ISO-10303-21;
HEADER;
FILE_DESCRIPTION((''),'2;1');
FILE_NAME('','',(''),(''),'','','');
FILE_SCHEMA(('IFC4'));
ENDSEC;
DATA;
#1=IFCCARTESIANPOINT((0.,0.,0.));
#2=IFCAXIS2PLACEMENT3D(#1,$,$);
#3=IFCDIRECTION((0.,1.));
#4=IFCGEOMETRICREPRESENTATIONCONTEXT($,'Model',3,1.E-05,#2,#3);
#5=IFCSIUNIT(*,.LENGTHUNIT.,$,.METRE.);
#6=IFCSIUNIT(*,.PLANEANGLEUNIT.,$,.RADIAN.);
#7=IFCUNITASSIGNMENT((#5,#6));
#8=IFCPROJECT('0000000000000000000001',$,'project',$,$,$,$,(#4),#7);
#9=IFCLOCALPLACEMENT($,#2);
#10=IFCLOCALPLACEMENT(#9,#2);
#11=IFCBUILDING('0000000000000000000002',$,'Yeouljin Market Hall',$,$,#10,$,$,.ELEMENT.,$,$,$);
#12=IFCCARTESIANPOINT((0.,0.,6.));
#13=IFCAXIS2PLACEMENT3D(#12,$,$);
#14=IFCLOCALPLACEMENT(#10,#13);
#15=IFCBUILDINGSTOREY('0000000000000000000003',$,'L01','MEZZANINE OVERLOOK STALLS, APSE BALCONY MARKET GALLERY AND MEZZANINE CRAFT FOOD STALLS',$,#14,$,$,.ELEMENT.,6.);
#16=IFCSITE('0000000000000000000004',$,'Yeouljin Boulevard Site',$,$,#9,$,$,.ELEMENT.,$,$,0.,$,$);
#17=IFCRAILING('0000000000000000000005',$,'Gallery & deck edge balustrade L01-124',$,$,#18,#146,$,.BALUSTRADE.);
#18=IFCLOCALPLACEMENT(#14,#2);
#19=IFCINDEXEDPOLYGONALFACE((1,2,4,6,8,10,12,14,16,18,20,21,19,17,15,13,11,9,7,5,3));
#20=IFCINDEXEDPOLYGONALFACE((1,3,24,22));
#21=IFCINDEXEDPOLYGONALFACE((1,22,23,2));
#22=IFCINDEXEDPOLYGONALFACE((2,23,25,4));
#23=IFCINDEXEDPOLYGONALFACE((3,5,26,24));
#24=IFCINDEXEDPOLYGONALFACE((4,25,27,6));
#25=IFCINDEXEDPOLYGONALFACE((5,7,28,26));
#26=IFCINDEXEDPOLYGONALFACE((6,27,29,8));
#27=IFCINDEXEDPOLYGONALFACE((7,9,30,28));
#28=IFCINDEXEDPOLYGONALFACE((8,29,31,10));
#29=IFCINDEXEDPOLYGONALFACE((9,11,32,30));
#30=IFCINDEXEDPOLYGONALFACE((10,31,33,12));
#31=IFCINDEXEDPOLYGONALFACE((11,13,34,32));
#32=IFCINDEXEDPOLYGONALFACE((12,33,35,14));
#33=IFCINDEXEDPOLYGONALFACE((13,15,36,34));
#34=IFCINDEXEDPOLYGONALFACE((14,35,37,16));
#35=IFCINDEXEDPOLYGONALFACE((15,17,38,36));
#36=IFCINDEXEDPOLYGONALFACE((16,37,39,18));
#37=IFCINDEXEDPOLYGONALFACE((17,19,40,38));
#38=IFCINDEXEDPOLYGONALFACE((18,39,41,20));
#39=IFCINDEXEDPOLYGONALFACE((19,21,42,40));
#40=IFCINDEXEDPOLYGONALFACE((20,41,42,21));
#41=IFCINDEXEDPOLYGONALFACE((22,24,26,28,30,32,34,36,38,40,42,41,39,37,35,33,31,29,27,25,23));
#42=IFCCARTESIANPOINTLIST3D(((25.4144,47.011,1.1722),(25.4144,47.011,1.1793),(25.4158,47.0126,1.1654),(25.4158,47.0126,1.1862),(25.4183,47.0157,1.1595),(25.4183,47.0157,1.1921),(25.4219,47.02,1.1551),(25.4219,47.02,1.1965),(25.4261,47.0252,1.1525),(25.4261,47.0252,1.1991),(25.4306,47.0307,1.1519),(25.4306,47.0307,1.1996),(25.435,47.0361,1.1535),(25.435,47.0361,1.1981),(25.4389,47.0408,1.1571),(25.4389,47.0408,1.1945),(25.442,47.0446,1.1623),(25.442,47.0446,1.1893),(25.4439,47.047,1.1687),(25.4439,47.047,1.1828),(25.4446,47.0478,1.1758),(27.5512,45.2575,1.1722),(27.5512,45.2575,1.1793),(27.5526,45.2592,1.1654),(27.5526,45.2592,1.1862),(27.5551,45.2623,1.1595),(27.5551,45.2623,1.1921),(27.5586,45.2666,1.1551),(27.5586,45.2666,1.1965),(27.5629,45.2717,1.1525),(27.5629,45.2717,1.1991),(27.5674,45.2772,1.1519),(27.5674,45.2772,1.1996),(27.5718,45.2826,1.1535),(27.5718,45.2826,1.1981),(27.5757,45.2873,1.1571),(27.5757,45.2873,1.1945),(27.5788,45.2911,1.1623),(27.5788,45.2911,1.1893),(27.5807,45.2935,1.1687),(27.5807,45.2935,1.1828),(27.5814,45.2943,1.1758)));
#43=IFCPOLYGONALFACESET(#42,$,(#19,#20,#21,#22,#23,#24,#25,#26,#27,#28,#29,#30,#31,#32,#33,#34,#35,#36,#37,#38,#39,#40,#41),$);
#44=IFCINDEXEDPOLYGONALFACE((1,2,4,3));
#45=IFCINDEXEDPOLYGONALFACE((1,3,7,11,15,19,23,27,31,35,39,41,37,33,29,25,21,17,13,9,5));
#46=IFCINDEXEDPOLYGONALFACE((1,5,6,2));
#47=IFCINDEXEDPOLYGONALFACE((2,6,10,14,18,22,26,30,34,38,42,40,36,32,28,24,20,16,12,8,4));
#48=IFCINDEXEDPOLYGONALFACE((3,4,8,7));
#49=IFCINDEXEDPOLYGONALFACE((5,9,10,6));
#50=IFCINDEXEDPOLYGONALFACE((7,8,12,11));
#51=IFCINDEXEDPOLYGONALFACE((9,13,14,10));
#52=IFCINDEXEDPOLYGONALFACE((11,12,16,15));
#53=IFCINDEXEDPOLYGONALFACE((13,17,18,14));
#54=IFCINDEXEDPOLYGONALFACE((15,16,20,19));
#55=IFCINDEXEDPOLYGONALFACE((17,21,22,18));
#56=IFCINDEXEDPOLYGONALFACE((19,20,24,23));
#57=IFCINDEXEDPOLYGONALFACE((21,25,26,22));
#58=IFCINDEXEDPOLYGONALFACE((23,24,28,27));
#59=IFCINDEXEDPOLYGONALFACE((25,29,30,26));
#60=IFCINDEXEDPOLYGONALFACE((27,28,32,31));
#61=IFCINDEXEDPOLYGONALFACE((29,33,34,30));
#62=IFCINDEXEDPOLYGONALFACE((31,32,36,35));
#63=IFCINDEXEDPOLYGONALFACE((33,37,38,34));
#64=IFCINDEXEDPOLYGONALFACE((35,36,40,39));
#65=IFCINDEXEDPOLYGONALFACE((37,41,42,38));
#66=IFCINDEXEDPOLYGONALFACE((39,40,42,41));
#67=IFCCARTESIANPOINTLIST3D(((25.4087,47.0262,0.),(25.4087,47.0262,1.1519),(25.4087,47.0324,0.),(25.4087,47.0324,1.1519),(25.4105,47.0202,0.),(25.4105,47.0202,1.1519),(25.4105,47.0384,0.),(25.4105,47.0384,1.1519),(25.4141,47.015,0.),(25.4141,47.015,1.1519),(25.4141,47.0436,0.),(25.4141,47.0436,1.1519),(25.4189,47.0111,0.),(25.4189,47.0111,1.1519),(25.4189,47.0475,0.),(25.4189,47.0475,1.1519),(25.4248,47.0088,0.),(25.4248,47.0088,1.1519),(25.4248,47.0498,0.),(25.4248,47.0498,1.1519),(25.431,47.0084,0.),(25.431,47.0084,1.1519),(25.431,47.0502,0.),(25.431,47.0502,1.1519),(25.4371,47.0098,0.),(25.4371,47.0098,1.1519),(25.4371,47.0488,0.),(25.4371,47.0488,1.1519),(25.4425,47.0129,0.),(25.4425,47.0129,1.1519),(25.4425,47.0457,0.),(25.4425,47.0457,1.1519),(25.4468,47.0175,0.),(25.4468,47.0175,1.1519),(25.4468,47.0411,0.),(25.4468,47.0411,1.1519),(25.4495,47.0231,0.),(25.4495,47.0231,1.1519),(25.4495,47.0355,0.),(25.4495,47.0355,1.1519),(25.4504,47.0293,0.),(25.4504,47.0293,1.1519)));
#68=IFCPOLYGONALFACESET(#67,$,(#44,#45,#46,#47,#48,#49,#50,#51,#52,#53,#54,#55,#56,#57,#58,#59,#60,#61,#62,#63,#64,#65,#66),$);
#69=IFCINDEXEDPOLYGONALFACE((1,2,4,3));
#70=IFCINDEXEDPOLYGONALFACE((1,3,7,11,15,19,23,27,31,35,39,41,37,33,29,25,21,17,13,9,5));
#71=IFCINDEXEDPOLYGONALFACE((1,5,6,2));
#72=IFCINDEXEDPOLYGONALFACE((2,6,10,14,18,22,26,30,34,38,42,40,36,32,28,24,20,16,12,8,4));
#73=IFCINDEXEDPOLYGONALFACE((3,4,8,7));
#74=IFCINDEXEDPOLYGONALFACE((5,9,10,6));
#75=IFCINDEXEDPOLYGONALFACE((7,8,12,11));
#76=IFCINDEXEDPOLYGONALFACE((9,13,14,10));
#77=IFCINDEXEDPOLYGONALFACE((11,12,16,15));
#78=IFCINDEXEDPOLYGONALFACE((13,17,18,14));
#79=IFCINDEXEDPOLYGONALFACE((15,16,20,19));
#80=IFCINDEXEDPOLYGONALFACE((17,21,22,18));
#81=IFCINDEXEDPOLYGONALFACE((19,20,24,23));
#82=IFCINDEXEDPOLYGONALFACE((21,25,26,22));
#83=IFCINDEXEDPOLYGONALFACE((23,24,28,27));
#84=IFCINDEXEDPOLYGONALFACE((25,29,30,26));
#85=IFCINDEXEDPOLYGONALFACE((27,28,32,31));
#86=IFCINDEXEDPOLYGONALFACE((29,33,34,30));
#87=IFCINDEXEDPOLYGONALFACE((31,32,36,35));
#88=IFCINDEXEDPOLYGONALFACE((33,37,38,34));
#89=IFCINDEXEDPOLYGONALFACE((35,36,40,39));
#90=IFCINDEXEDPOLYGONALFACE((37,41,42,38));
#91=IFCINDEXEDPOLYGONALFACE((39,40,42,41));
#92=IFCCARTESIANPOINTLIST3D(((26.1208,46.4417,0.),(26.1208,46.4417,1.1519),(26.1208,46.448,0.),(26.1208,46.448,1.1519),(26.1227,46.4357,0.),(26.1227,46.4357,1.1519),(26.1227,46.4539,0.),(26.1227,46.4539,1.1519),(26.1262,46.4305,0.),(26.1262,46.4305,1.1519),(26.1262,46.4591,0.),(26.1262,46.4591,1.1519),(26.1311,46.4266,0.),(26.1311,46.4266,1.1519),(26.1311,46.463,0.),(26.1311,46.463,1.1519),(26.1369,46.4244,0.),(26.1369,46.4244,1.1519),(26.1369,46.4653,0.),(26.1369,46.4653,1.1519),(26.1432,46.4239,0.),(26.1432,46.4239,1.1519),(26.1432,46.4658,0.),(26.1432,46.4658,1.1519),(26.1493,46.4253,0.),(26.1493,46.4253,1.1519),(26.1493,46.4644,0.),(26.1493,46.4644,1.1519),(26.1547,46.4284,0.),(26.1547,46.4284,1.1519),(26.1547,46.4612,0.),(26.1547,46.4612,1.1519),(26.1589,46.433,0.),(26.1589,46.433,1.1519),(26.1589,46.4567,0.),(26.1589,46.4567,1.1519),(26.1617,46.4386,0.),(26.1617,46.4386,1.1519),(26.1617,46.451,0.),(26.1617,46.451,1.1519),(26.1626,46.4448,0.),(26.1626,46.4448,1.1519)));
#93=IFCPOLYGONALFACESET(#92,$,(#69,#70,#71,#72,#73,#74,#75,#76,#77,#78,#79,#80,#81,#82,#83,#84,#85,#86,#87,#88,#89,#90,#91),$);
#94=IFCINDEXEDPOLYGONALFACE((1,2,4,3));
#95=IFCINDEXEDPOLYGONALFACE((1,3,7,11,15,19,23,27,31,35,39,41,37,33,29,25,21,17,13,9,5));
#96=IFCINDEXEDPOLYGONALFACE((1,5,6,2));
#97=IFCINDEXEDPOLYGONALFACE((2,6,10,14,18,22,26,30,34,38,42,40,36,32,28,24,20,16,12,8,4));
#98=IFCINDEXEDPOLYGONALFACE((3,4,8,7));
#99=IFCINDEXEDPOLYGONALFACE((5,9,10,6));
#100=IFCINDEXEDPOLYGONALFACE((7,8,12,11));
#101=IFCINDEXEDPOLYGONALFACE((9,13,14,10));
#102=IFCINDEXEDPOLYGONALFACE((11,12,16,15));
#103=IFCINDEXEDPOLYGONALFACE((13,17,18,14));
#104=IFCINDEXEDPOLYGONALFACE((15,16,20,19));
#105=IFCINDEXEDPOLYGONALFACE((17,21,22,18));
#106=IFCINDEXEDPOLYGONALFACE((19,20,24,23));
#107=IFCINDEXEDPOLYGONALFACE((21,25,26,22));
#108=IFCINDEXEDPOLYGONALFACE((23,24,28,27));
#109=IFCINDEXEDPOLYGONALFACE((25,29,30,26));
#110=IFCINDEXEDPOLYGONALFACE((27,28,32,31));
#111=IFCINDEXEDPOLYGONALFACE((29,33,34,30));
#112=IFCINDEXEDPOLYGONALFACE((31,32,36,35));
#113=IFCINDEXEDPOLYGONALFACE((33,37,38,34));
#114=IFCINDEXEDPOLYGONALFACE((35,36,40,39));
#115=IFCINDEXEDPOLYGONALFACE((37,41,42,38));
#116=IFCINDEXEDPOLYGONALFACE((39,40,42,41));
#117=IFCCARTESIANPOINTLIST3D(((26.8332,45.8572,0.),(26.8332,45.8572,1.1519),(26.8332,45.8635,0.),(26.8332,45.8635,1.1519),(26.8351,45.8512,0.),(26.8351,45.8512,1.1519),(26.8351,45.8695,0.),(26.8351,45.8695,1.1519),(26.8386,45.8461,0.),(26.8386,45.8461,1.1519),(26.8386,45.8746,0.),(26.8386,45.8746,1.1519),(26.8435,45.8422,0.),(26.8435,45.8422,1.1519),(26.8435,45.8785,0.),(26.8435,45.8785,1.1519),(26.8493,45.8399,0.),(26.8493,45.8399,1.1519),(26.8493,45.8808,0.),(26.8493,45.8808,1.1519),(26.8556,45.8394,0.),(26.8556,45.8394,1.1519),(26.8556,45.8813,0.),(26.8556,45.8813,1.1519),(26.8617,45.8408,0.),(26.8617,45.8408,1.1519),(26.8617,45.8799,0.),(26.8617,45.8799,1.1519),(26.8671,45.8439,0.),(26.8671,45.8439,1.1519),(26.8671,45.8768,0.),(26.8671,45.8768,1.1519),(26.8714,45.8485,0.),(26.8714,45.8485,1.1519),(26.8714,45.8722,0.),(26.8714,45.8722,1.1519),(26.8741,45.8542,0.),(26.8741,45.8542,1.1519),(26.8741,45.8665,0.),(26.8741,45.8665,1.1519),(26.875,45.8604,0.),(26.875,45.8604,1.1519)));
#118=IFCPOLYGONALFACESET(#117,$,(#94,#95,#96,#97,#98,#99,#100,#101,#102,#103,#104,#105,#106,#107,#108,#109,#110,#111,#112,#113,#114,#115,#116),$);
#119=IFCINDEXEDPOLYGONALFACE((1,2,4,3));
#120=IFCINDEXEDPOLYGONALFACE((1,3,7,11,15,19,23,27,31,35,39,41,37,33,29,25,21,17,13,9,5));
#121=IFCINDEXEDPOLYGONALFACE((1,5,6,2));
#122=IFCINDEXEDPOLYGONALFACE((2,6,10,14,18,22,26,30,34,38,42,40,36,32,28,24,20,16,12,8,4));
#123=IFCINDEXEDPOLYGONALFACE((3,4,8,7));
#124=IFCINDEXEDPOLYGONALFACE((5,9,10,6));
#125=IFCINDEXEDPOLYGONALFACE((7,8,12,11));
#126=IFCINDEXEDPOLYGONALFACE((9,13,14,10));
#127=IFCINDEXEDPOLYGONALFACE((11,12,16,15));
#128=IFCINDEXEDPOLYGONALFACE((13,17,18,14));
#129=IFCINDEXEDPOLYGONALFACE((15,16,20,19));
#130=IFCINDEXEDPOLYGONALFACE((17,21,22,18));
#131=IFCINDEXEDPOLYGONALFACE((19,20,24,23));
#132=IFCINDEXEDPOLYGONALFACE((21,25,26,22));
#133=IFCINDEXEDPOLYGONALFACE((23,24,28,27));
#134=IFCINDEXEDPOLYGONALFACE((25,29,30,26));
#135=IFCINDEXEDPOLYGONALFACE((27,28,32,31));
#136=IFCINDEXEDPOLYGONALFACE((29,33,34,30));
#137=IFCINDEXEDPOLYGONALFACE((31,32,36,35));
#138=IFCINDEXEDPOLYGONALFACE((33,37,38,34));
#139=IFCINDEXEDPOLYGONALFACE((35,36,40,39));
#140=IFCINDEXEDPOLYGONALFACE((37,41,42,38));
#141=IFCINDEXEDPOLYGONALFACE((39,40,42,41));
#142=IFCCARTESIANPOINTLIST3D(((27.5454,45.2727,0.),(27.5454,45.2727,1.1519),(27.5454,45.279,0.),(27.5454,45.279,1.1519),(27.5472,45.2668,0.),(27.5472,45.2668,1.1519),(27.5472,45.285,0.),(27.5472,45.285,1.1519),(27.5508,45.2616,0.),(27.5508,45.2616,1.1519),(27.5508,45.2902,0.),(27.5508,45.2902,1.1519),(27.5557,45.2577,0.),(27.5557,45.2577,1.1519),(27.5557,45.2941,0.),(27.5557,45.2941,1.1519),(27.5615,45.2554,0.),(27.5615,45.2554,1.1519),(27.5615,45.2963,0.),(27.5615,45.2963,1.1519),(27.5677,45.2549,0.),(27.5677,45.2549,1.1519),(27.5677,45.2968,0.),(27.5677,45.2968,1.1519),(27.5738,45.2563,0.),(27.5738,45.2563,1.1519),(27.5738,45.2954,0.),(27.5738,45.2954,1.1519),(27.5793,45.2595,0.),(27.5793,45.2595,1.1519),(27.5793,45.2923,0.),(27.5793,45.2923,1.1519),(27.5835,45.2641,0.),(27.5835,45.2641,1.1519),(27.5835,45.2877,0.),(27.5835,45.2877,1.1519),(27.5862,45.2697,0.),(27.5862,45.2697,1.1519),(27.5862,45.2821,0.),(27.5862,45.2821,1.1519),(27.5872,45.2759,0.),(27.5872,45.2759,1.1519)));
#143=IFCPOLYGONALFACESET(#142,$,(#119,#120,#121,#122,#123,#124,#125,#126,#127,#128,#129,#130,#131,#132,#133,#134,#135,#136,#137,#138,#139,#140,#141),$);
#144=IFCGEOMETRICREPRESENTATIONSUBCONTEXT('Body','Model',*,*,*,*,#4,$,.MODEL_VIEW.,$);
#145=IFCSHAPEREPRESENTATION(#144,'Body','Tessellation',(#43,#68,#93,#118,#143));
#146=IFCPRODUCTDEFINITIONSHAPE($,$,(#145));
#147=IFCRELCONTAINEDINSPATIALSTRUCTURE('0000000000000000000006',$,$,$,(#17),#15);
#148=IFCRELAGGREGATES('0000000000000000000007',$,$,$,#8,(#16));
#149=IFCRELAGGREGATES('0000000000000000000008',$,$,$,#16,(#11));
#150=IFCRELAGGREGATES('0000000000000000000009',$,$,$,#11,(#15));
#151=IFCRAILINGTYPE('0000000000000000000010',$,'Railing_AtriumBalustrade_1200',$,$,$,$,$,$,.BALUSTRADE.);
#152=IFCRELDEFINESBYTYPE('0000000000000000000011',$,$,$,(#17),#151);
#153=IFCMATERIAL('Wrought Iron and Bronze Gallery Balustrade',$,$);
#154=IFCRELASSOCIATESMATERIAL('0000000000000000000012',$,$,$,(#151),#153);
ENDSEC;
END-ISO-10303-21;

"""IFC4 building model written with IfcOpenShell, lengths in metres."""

from ifc_helpers import new_model, si_unit, direction, frame, origin, origin_2d, place, context, subcontext, project, spatial, circle, extrude, material, type_object, element, save


model = new_model("IFC4")

# Units and contexts
model_context = context("Model", 3, precision=1e-05, world=origin(), true_north=direction((0.0, 1.0)))
body_context = subcontext(model_context, "Body", "Model", "MODEL_VIEW")
ifc_project = project(units=[si_unit("LENGTHUNIT", "METRE"), si_unit("PLANEANGLEUNIT", "RADIAN")], contexts=[model_context])

# Site, building, storey
site_placement = place(None, origin())
site = spatial("IfcSite", under=ifc_project, at=site_placement, Name="Yeouljin Boulevard Site", CompositionType="ELEMENT", RefElevation=0.0)
building_placement = place(site_placement, origin())
building = spatial("IfcBuilding", under=site, at=building_placement, Name="Yeouljin Market Hall", CompositionType="ELEMENT")
storey_placement = place(building_placement, frame((0.0, 0.0, 6.0)))
storey = spatial("IfcBuildingStorey", under=building, at=storey_placement, Name="L01", Description="MEZZANINE OVERLOOK STALLS, APSE BALCONY MARKET GALLERY AND MEZZANINE CRAFT FOOD STALLS", CompositionType="ELEMENT", Elevation=6.0)

# Railing
ifc_material_1 = material(Name="Wrought Iron and Bronze Gallery Balustrade")
railing_type = type_object("IfcRailingType", Name="Railing_AtriumBalustrade_1200", PredefinedType="BALUSTRADE", material=ifc_material_1)
railing_1_placement = place(storey_placement, frame((25.4294, 47.0293, 0.0)))
element("IfcRailing", 1, at=railing_1_placement, inside=storey, type_object=railing_type, Name="Gallery & deck edge balustrade L01-124", PredefinedType="BALUSTRADE", context=body_context, shape_type="SweptSolid", body=[
    extrude(circle(Radius=0.0239, at=origin_2d()), frame((0.0, 0.0, 1.1758), z_axis=(0.773036, -0.634363, 0.0), x_axis=(0.634363, 0.773036, 0.0)), (0.0, 0.0, 1.0), 2.7642),
    extrude(circle(Radius=0.021, at=origin_2d()), origin(), (0.0, 0.0, 1.0), 1.1519),
    extrude(circle(Radius=0.021, at=origin_2d()), frame((0.7122, -0.5845, 0.0)), (0.0, 0.0, 1.0), 1.1519),
    extrude(circle(Radius=0.021, at=origin_2d()), frame((1.4246, -1.1689, 0.0)), (0.0, 0.0, 1.0), 1.1519),
    extrude(circle(Radius=0.021, at=origin_2d()), frame((2.1367, -1.7534, 0.0)), (0.0, 0.0, 1.0), 1.1519),
])

save(model, "model.ifc")
